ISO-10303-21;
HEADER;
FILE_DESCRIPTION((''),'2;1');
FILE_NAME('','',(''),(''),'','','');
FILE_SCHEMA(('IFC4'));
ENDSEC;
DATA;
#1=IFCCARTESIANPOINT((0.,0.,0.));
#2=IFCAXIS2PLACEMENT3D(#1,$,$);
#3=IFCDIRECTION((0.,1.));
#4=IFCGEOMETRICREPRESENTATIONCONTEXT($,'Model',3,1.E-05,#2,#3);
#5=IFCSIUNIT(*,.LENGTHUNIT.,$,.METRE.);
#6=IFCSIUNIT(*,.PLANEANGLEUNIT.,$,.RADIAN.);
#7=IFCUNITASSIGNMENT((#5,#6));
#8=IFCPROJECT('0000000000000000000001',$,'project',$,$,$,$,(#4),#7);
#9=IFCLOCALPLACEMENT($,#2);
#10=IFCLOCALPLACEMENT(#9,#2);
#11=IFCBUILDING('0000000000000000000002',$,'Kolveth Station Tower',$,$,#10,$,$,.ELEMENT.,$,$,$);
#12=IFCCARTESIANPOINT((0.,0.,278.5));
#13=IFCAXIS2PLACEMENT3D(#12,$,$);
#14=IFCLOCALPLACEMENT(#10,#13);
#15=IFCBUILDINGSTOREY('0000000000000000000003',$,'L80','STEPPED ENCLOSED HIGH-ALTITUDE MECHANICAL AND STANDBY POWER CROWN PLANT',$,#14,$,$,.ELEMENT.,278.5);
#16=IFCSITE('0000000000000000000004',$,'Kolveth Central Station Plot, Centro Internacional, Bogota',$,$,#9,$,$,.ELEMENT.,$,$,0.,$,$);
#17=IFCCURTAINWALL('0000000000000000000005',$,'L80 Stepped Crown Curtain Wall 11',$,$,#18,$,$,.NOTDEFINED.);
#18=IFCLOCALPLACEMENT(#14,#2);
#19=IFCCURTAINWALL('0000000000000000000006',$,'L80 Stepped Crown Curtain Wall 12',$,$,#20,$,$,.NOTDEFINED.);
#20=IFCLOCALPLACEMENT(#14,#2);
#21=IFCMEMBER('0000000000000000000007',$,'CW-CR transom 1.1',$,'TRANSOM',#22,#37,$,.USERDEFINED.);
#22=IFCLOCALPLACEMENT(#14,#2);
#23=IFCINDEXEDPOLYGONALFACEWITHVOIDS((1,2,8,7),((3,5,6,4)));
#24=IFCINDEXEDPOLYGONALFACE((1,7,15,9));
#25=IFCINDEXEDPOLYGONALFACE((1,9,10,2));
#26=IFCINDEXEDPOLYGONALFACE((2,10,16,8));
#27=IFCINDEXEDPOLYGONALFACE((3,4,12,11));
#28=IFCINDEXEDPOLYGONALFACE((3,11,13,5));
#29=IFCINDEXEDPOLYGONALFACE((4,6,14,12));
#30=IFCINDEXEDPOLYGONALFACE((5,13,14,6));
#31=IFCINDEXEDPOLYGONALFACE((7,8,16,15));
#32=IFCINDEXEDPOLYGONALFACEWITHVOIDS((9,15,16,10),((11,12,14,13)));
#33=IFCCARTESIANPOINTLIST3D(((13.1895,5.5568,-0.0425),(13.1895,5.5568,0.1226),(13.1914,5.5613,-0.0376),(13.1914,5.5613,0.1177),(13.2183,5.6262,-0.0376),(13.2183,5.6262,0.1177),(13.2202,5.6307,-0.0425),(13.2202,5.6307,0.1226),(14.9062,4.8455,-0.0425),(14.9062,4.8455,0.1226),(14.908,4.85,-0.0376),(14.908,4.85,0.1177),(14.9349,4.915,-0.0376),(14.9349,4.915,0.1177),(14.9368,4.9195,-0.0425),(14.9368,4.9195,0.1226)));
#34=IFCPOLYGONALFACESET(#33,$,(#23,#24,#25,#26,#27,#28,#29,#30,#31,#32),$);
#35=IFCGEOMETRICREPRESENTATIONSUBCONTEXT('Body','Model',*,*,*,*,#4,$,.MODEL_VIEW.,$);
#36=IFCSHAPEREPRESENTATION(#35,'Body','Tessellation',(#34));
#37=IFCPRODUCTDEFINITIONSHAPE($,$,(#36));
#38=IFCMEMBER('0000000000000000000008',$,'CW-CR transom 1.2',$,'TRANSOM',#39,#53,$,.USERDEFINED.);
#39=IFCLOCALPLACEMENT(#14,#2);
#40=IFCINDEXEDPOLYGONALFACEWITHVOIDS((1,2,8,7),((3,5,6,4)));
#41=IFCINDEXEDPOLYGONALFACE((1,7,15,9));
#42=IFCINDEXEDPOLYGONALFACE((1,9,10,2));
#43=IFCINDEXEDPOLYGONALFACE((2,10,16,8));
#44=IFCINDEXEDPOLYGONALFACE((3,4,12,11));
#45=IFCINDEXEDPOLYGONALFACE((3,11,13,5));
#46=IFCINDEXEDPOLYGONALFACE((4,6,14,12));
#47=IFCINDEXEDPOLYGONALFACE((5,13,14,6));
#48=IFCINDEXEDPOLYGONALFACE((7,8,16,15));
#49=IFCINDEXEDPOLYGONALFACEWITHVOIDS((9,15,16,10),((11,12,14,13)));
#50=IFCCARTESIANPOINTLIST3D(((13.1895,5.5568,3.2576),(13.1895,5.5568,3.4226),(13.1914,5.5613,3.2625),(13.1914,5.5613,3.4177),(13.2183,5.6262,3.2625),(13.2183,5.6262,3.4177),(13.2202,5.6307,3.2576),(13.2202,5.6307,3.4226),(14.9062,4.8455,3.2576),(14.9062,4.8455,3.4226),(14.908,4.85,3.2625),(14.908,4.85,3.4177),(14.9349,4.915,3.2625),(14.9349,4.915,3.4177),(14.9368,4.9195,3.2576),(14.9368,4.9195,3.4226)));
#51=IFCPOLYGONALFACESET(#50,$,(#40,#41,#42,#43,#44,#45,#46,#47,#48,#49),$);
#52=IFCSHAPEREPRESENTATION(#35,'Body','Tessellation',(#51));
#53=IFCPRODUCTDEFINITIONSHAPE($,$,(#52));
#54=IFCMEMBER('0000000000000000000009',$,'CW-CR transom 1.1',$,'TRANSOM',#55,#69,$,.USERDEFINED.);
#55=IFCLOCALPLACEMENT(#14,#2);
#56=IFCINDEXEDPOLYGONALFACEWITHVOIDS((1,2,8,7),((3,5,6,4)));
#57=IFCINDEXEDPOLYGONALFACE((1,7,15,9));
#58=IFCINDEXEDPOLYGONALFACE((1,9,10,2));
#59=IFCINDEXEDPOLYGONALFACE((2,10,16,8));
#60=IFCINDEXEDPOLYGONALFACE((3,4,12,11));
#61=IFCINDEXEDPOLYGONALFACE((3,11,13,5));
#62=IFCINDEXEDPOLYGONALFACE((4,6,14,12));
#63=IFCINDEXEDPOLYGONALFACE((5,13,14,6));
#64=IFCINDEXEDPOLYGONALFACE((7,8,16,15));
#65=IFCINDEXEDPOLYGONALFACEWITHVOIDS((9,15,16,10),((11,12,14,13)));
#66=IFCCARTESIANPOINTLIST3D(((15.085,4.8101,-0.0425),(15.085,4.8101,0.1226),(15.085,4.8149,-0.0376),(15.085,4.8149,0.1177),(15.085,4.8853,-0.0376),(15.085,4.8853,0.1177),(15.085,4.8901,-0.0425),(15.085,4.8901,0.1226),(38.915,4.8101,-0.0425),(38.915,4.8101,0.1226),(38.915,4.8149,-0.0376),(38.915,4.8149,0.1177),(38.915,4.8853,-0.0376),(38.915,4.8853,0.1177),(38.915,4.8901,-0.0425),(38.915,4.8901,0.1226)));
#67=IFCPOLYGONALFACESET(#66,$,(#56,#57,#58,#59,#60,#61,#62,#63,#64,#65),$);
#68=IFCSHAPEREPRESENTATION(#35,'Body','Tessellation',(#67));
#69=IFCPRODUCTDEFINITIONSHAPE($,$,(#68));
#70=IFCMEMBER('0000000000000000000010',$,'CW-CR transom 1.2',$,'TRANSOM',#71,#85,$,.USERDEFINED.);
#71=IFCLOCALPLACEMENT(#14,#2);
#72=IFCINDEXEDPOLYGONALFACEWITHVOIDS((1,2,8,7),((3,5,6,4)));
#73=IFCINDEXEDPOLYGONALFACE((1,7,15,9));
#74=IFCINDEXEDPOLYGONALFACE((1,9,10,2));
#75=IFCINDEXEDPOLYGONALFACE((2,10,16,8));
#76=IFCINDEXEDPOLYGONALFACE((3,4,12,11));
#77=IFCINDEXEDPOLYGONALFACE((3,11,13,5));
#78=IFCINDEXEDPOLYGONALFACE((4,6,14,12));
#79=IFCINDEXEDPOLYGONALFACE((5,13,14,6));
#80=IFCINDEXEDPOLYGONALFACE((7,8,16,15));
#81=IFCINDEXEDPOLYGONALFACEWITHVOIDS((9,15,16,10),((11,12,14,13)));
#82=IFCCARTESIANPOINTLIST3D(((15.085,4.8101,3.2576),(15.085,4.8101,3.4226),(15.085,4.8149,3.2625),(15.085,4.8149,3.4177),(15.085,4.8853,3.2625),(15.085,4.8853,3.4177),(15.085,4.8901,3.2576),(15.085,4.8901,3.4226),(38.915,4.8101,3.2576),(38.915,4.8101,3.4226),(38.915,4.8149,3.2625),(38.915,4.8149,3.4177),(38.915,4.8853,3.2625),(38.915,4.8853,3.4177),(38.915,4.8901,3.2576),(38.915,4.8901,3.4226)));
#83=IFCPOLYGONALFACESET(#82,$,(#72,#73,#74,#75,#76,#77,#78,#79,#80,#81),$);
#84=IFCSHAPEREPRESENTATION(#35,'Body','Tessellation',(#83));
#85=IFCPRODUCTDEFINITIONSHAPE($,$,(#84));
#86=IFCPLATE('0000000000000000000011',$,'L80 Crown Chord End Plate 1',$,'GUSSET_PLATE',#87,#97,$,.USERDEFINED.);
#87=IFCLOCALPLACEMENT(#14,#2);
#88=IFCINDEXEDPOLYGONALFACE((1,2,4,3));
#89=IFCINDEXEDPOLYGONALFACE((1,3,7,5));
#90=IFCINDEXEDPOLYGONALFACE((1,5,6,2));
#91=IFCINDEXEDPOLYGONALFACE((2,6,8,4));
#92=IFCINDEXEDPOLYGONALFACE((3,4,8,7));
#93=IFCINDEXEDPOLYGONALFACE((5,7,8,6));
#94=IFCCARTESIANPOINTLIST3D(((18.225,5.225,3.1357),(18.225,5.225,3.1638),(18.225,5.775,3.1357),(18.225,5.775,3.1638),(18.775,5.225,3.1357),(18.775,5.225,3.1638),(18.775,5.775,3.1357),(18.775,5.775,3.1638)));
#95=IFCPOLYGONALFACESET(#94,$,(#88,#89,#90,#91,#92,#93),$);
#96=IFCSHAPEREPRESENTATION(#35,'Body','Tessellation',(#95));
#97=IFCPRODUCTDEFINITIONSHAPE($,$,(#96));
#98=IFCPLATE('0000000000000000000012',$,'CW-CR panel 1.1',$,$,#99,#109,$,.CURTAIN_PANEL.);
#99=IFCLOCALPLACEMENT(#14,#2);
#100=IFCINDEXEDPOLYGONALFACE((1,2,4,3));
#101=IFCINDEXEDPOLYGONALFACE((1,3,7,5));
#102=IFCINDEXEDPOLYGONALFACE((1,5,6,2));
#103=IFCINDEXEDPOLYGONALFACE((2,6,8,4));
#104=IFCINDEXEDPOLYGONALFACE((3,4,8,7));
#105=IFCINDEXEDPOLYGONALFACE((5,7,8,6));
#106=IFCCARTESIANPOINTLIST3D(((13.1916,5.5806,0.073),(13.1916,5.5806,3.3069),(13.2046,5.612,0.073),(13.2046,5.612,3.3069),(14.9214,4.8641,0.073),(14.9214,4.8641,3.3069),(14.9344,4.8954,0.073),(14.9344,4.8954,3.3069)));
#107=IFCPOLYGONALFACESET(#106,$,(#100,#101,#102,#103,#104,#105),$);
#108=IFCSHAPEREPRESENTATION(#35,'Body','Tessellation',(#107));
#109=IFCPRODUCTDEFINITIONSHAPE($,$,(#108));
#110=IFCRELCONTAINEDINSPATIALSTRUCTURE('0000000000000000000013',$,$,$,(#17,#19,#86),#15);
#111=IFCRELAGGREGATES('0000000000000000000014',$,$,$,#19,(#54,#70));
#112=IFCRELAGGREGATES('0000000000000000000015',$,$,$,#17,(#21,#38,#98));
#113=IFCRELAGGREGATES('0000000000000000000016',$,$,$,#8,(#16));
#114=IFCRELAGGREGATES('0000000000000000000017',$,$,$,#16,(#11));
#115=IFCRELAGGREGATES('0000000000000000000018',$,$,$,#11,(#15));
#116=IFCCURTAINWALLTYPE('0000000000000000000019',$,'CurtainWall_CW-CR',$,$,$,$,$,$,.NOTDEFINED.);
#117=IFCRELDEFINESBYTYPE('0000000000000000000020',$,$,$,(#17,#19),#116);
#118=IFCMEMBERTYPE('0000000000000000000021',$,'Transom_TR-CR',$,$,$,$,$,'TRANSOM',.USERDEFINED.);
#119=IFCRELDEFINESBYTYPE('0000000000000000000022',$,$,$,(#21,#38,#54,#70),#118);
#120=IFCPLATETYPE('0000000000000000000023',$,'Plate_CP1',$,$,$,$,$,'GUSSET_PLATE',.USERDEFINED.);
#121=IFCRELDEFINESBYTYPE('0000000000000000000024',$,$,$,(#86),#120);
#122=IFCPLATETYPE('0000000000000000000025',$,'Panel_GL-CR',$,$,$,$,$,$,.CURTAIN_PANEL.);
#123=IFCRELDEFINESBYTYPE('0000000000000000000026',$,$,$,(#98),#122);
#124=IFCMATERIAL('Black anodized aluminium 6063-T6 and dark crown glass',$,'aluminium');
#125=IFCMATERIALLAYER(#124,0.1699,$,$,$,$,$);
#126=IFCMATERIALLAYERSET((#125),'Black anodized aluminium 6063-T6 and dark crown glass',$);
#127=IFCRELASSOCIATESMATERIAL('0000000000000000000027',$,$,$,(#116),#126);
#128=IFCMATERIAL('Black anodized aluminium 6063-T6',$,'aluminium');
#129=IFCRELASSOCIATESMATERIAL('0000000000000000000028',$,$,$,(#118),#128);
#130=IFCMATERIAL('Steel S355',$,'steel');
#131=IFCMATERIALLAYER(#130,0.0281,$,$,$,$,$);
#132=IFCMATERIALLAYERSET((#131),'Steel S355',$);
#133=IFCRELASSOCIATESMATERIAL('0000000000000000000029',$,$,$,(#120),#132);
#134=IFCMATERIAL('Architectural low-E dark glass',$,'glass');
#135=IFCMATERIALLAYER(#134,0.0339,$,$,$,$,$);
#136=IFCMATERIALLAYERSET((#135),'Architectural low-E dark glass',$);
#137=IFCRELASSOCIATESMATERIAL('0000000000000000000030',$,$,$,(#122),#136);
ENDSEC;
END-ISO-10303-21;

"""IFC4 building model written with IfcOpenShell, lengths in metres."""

from ifc_helpers import new_model, si_unit, direction, frame, origin, origin_2d, place, context, subcontext, project, spatial, rectangle, hollow_rectangle, extrude, source, transform, mapped, material, layer, layer_set, material_profile, profile_set, type_object, element, aggregate, save


model = new_model("IFC4")

# Units and contexts
model_context = context("Model", 3, precision=1e-05, world=origin(), true_north=direction((0.0, 1.0)))
body_context = subcontext(model_context, "Body", "Model", "MODEL_VIEW")
ifc_project = project(units=[si_unit("LENGTHUNIT", "METRE"), si_unit("PLANEANGLEUNIT", "RADIAN")], contexts=[model_context])

# Site, building, storey
site_placement = place(None, origin())
site = spatial("IfcSite", under=ifc_project, at=site_placement, Name="Kolveth Central Station Plot, Centro Internacional, Bogota", CompositionType="ELEMENT", RefElevation=0.0)
building_placement = place(site_placement, origin())
building = spatial("IfcBuilding", under=site, at=building_placement, Name="Kolveth Station Tower", CompositionType="ELEMENT")
storey_placement = place(building_placement, frame((0.0, 0.0, 278.5)))
storey = spatial("IfcBuildingStorey", under=building, at=storey_placement, Name="L80", Description="STEPPED ENCLOSED HIGH-ALTITUDE MECHANICAL AND STANDBY POWER CROWN PLANT", CompositionType="ELEMENT", Elevation=278.5)

# Shared definitions
ifc_material_1 = material(Name="Steel S355", Category="steel")

# Curtain wall
ifc_material_2 = material(Name="Black anodized aluminium 6063-T6 and dark crown glass", Category="aluminium")
ifc_layer_1 = layer(ifc_material_2, 0.1699)
ifc_layer_set_1 = layer_set([ifc_layer_1], Name="Black anodized aluminium 6063-T6 and dark crown glass")
curtain_wall_type = type_object("IfcCurtainWallType", Name="CurtainWall_CW-CR", PredefinedType="NOTDEFINED", material=ifc_layer_set_1)
curtain_wall_1_placement = place(storey_placement, origin())
curtain_wall_1 = element("IfcCurtainWall", 1, at=curtain_wall_1_placement, inside=storey, type_object=curtain_wall_type, Name="L80 Stepped Crown Curtain Wall 11", PredefinedType="NOTDEFINED")
ifc_material_3 = material(Name="Black anodized aluminium 6063-T6", Category="aluminium")

# Curtain wall
curtain_wall_2_placement = place(storey_placement, origin())
curtain_wall_2 = element("IfcCurtainWall", 2, at=curtain_wall_2_placement, inside=storey, type_object=curtain_wall_type, Name="L80 Stepped Crown Curtain Wall 12", PredefinedType="NOTDEFINED")

# Members
ifc_material_profile_1 = material_profile(ifc_material_3, hollow_rectangle(XDim=0.0801, YDim=0.165, WallThickness=0.0049, at=origin_2d()), Name="ALU-80x165x5")
ifc_profile_set_1 = profile_set([ifc_material_profile_1], Name="Black anodized aluminium 6063-T6")
member_type_1 = type_object("IfcMemberType", Name="Transom_TR-CR", ElementType="TRANSOM", PredefinedType="USERDEFINED", material=ifc_profile_set_1)
shared_shape_1 = source(origin(), body_context, "Body", "SweptSolid", [
    extrude(hollow_rectangle(XDim=0.0801, YDim=0.165, WallThickness=0.0049, at=origin_2d()), origin(), (0.0, 0.0, 1.0), 1.8582),
])
member_1_placement = place(storey_placement, frame((13.2048, 5.5938, 0.04), z_axis=(0.923849, -0.382758, 0.0), x_axis=(0.382758, 0.923849, 0.0)))
member_1 = element("IfcMember", 3, at=member_1_placement, type_object=member_type_1, Name="CW-CR transom 1.1", ObjectType="TRANSOM", PredefinedType="USERDEFINED", context=body_context, shape_type="MappedRepresentation", body=[
    mapped(shared_shape_1, transform((0.0, 0.0, 0.0), x_axis=(1.0, 0.0, 0.0), y_axis=(0.0, 1.0, 0.0), z_axis=(0.0, 0.0, 1.0), scale=1.0)),
])
member_2_placement = place(storey_placement, frame((13.2048, 5.5938, 3.3401), z_axis=(0.923849, -0.382758, 0.0), x_axis=(0.382758, 0.923849, 0.0)))
member_2 = element("IfcMember", 4, at=member_2_placement, type_object=member_type_1, Name="CW-CR transom 1.2", ObjectType="TRANSOM", PredefinedType="USERDEFINED", context=body_context, shape_type="MappedRepresentation", body=[
    mapped(shared_shape_1, transform((0.0, 0.0, 0.0), x_axis=(1.0, 0.0, 0.0), y_axis=(0.0, 1.0, 0.0), z_axis=(0.0, 0.0, 1.0), scale=1.0)),
])
shared_shape_2 = source(origin(), body_context, "Body", "SweptSolid", [
    extrude(hollow_rectangle(XDim=0.0801, YDim=0.165, WallThickness=0.0049, at=origin_2d()), origin(), (0.0, 0.0, 1.0), 23.8301),
])
member_3_placement = place(storey_placement, frame((15.085, 4.8501, 0.04), z_axis=(1.0, 0.0, 0.0), x_axis=(0.0, 1.0, 0.0)))
member_3 = element("IfcMember", 5, at=member_3_placement, type_object=member_type_1, Name="CW-CR transom 1.1", ObjectType="TRANSOM", PredefinedType="USERDEFINED", context=body_context, shape_type="MappedRepresentation", body=[
    mapped(shared_shape_2, transform((0.0, 0.0, 0.0), x_axis=(1.0, 0.0, 0.0), y_axis=(0.0, 1.0, 0.0), z_axis=(0.0, 0.0, 1.0), scale=1.0)),
])
member_4_placement = place(storey_placement, frame((15.085, 4.8501, 3.3401), z_axis=(1.0, 0.0, 0.0), x_axis=(0.0, 1.0, 0.0)))
member_4 = element("IfcMember", 6, at=member_4_placement, type_object=member_type_1, Name="CW-CR transom 1.2", ObjectType="TRANSOM", PredefinedType="USERDEFINED", context=body_context, shape_type="MappedRepresentation", body=[
    mapped(shared_shape_2, transform((0.0, 0.0, 0.0), x_axis=(1.0, 0.0, 0.0), y_axis=(0.0, 1.0, 0.0), z_axis=(0.0, 0.0, 1.0), scale=1.0)),
])
aggregate(curtain_wall_2, [member_3, member_4])

# Plates
ifc_layer_2 = layer(ifc_material_1, 0.0281)
ifc_layer_set_2 = layer_set([ifc_layer_2], Name="Steel S355")
plate_type_1 = type_object("IfcPlateType", Name="Plate_CP1", ElementType="GUSSET_PLATE", PredefinedType="USERDEFINED", material=ifc_layer_set_2)
shared_shape_3 = source(origin(), body_context, "Body", "SweptSolid", [
    extrude(rectangle(XDim=0.55, YDim=0.55, at=origin_2d()), origin(), (0.0, 0.0, 1.0), 0.0281),
])
plate_1_placement = place(storey_placement, frame((18.5, 5.5, 3.1357), z_axis=(0.0, 0.0, 1.0), x_axis=(1.0, 0.0, 0.0)))
element("IfcPlate", 7, at=plate_1_placement, inside=storey, type_object=plate_type_1, Name="L80 Crown Chord End Plate 1", ObjectType="GUSSET_PLATE", PredefinedType="USERDEFINED", context=body_context, shape_type="MappedRepresentation", body=[
    mapped(shared_shape_3, transform((0.0, 0.0, 0.0), x_axis=(1.0, 0.0, 0.0), y_axis=(0.0, 1.0, 0.0), z_axis=(0.0, 0.0, 1.0), scale=1.0)),
])
ifc_material_4 = material(Name="Architectural low-E dark glass", Category="glass")
ifc_layer_3 = layer(ifc_material_4, 0.0339)
ifc_layer_set_3 = layer_set([ifc_layer_3], Name="Architectural low-E dark glass")
plate_type_2 = type_object("IfcPlateType", Name="Panel_GL-CR", PredefinedType="CURTAIN_PANEL", material=ifc_layer_set_3)
shared_shape_4 = source(origin(), body_context, "Body", "SweptSolid", [
    extrude(rectangle(XDim=1.8723, YDim=0.0339, at=origin_2d()), origin(), (0.0, 0.0, 1.0), 3.2339),
])
plate_2_placement = place(storey_placement, frame((14.063, 5.238, 0.073), z_axis=(0.0, 0.0, 1.0), x_axis=(0.923871, -0.382703, 0.0)))
plate_2 = element("IfcPlate", 8, at=plate_2_placement, type_object=plate_type_2, Name="CW-CR panel 1.1", PredefinedType="CURTAIN_PANEL", context=body_context, shape_type="MappedRepresentation", body=[
    mapped(shared_shape_4, transform((0.0, 0.0, 0.0), x_axis=(1.0, 0.0, 0.0), y_axis=(0.0, 1.0, 0.0), z_axis=(0.0, 0.0, 1.0), scale=1.0)),
])
aggregate(curtain_wall_1, [member_1, member_2, plate_2])

save(model, "model.ifc")
